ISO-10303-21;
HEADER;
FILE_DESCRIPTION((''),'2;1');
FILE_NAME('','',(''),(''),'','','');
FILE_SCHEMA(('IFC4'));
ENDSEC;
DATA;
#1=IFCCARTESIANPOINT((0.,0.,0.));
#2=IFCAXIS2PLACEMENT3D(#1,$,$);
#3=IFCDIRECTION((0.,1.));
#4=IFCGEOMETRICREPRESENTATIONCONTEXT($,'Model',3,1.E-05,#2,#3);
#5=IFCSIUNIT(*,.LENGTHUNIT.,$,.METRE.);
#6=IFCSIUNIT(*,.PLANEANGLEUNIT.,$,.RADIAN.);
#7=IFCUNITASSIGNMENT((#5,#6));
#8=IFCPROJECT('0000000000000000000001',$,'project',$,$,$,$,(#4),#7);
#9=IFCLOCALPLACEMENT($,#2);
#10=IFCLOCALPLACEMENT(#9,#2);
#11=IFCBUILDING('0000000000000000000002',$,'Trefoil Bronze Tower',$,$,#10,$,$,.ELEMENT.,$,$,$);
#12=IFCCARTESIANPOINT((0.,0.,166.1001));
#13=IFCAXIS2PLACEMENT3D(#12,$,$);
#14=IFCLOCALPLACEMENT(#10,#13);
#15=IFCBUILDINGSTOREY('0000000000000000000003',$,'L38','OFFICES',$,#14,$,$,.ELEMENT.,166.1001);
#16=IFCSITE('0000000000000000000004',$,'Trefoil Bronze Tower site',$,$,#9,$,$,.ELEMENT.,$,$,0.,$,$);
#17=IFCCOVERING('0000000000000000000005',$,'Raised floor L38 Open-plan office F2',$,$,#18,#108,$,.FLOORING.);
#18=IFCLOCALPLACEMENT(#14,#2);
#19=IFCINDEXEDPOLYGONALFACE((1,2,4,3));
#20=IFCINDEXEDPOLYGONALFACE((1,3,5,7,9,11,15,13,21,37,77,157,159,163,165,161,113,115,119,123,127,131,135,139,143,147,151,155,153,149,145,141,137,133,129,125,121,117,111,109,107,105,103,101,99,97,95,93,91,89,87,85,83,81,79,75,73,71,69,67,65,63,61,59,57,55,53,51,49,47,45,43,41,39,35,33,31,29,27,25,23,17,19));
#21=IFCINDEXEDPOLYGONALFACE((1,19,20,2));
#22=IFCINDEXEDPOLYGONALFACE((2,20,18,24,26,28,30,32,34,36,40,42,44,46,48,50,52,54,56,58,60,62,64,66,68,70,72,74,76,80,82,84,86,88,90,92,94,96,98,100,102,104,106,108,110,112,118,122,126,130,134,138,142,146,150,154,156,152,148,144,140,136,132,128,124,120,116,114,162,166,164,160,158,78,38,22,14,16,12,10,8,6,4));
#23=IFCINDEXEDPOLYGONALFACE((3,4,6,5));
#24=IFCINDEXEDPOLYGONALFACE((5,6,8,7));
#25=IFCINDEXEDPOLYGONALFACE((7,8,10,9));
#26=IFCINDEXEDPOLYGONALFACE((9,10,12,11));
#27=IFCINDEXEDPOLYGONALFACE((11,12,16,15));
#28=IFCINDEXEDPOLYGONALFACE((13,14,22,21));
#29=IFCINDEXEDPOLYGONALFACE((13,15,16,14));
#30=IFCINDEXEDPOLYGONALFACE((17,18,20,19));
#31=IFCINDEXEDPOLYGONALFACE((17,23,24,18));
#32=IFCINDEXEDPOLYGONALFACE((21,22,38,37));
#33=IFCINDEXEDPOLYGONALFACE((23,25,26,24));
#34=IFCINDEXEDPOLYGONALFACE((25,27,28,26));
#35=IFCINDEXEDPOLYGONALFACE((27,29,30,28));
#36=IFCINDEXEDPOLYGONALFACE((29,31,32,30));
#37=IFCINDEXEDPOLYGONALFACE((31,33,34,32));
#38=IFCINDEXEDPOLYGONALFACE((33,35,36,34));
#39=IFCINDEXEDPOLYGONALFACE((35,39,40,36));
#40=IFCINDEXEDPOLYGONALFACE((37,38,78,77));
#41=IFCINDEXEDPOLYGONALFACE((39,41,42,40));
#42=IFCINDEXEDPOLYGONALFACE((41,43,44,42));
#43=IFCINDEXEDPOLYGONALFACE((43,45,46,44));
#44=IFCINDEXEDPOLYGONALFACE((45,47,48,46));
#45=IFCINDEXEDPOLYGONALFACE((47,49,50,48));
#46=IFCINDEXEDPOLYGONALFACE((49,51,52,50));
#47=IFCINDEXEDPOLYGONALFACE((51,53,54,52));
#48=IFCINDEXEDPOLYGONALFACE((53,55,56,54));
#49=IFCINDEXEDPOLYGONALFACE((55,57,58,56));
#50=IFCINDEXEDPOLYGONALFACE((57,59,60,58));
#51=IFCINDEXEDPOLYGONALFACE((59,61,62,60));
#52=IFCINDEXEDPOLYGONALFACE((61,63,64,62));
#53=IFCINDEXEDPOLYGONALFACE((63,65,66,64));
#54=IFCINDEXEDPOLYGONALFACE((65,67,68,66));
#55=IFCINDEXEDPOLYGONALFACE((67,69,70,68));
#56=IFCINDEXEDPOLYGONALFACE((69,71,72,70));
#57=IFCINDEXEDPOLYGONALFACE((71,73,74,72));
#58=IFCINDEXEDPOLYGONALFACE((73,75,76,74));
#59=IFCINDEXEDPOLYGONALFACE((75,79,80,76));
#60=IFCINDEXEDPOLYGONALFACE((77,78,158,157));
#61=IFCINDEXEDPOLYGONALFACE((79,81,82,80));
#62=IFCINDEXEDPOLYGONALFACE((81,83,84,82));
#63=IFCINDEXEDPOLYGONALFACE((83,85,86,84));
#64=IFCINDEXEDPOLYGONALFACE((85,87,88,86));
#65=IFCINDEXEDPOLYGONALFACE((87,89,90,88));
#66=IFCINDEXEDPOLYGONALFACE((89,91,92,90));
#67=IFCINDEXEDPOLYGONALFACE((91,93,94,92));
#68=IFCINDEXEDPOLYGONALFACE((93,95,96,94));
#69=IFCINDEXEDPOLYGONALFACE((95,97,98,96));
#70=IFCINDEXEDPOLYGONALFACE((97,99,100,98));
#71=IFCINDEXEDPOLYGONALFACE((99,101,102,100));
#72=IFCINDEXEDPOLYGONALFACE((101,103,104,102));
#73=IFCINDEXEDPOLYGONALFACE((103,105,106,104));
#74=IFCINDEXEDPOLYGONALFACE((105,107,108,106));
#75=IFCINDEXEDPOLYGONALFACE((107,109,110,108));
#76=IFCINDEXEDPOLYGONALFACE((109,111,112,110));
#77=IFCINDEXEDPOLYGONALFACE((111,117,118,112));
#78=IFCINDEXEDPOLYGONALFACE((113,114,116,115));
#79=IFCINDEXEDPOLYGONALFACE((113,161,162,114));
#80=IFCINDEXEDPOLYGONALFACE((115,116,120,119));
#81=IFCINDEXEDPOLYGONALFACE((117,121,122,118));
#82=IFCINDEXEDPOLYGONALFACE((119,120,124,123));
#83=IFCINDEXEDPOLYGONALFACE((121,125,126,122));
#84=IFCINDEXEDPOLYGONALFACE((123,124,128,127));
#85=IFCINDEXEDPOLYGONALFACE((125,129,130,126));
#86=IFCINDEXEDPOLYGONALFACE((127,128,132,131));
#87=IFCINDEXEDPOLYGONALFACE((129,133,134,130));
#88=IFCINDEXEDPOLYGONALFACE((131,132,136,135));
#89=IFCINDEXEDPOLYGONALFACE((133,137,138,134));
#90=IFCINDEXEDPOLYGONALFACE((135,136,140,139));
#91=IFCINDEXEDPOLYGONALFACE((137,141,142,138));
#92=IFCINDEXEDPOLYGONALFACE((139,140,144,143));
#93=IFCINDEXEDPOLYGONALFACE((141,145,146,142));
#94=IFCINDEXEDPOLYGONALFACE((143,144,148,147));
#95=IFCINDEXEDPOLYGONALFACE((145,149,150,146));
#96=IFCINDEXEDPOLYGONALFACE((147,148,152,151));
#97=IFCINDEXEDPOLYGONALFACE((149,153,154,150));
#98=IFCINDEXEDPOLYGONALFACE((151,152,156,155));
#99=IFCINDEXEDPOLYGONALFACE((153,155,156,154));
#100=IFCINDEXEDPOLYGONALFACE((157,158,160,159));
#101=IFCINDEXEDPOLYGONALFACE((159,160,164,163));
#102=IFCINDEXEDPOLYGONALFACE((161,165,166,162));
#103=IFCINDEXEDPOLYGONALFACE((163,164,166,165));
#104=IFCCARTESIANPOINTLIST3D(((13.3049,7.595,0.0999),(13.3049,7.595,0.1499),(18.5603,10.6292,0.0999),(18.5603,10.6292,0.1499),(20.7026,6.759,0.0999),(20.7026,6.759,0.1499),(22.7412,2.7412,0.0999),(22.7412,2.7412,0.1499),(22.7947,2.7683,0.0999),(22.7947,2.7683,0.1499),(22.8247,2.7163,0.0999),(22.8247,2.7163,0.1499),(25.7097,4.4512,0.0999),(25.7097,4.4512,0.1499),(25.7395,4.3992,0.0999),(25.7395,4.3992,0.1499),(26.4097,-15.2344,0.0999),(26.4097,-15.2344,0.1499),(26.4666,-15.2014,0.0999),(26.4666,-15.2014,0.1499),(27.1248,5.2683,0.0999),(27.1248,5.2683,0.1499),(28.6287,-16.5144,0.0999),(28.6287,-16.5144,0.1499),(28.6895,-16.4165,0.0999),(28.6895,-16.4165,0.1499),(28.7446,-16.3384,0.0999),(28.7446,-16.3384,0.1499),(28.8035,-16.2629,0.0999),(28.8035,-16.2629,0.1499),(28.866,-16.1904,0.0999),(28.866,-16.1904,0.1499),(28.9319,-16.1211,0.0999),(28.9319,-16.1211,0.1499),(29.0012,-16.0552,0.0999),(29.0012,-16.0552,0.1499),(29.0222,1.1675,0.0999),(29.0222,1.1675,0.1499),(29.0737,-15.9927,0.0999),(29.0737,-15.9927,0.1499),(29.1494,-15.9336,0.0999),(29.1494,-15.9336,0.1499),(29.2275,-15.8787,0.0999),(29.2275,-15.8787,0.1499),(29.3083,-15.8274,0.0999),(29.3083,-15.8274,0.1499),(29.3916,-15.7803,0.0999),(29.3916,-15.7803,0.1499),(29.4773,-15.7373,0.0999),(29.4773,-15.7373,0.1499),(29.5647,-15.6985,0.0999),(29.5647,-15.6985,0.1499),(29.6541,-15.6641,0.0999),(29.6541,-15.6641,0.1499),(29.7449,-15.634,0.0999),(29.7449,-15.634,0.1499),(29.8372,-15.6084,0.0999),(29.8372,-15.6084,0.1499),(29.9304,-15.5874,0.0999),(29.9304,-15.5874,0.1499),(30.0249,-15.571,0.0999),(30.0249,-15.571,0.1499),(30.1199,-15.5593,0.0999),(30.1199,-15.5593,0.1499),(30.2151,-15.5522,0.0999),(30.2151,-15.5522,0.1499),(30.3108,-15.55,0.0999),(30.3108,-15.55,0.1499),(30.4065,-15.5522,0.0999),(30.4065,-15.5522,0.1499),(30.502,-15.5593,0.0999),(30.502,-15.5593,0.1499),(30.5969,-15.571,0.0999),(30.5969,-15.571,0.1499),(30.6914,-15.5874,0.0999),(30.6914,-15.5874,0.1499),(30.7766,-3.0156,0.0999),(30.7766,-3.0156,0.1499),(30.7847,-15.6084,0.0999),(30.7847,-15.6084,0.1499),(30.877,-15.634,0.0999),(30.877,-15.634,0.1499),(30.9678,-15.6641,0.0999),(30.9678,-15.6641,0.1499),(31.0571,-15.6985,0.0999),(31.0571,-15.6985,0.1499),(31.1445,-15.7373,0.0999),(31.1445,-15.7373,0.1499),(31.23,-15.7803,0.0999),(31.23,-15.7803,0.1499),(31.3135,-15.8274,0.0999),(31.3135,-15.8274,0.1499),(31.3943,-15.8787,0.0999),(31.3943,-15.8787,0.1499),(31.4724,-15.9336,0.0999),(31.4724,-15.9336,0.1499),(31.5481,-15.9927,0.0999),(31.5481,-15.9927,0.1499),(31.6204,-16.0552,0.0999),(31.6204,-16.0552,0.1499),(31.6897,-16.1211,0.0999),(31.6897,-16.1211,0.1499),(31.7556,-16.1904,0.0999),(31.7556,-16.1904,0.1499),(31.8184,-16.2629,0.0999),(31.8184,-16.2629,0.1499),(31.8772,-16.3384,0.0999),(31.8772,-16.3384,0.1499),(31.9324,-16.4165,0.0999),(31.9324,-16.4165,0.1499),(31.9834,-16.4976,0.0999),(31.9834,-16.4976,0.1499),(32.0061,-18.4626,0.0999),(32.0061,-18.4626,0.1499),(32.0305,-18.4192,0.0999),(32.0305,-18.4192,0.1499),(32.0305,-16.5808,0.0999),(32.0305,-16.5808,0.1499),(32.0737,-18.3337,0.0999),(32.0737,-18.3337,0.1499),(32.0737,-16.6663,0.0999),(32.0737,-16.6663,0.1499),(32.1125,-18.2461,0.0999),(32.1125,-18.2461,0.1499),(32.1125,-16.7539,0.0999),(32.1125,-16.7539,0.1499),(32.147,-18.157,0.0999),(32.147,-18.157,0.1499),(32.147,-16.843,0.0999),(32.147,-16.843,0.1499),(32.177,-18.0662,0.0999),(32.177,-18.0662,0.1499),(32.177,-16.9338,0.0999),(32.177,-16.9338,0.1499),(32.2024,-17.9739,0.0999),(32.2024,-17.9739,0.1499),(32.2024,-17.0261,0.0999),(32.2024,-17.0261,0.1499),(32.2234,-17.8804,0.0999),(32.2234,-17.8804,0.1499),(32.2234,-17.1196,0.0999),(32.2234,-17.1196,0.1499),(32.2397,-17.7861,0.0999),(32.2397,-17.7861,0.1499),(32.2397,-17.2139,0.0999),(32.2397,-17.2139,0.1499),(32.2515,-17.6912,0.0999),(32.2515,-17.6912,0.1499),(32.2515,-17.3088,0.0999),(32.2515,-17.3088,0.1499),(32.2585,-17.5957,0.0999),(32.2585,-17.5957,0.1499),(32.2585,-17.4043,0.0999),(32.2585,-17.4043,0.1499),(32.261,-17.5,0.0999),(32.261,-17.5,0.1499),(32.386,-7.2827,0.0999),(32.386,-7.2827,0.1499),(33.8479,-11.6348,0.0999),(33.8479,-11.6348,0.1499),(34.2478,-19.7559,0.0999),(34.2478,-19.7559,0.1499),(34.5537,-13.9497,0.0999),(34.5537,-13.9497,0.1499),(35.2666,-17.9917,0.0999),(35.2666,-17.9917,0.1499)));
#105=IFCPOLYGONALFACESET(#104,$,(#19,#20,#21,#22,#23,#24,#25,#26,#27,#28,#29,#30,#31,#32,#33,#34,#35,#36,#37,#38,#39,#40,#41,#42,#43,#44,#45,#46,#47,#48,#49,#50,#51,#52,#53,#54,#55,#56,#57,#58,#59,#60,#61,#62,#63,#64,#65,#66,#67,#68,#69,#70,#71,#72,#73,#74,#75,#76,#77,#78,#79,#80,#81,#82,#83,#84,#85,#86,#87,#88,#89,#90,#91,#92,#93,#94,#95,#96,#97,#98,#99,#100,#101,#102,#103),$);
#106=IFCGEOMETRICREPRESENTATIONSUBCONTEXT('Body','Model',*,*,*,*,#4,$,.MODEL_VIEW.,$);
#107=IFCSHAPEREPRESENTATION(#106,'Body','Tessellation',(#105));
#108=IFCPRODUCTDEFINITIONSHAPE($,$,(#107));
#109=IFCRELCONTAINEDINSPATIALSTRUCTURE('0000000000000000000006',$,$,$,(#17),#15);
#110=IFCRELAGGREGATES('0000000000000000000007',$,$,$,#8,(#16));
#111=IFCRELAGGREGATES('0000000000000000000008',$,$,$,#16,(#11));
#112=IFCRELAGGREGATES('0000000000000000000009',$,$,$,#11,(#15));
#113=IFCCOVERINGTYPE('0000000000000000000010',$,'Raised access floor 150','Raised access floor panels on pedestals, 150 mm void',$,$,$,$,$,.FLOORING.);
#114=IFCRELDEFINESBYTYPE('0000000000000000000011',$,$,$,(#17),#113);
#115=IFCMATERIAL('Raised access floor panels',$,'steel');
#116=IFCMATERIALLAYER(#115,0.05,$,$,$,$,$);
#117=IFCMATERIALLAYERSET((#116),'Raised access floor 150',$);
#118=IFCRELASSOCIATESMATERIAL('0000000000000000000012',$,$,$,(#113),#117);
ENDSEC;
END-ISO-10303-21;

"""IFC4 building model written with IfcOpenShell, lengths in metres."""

from ifc_helpers import new_model, si_unit, direction, frame, origin, place, context, subcontext, project, spatial, polyline, outline, extrude, material, layer, layer_set, type_object, element, save


model = new_model("IFC4")

# Units and contexts
model_context = context("Model", 3, precision=1e-05, world=origin(), true_north=direction((0.0, 1.0)))
body_context = subcontext(model_context, "Body", "Model", "MODEL_VIEW")
ifc_project = project(units=[si_unit("LENGTHUNIT", "METRE"), si_unit("PLANEANGLEUNIT", "RADIAN")], contexts=[model_context])

# Site, building, storey
site_placement = place(None, origin())
site = spatial("IfcSite", under=ifc_project, at=site_placement, Name="Trefoil Bronze Tower site", CompositionType="ELEMENT", RefElevation=0.0)
building_placement = place(site_placement, origin())
building = spatial("IfcBuilding", under=site, at=building_placement, Name="Trefoil Bronze Tower", CompositionType="ELEMENT")
storey_placement = place(building_placement, frame((0.0, 0.0, 166.1001)))
storey = spatial("IfcBuildingStorey", under=building, at=storey_placement, Name="L38", Description="OFFICES", CompositionType="ELEMENT", Elevation=166.1001)

# Covering
ifc_material_1 = material(Name="Raised access floor panels", Category="steel")
ifc_layer_1 = layer(ifc_material_1, 0.05)
ifc_layer_set_1 = layer_set([ifc_layer_1], Name="Raised access floor 150")
covering_type_1 = type_object("IfcCoveringType", Name="Raised access floor 150", Description="Raised access floor panels on pedestals, 150 mm void", PredefinedType="FLOORING", material=ifc_layer_set_1)
covering_1_placement = place(storey_placement, frame((0.0, 0.0, 0.0999)))
element("IfcCovering", 1, at=covering_1_placement, inside=storey, type_object=covering_type_1, Name="Raised floor L38 Open-plan office F2", PredefinedType="FLOORING", context=body_context, shape_type="SweptSolid", body=[
    extrude(outline(polyline([(26.4097, -15.2344), (26.4666, -15.2014), (13.3049, 7.595), (18.5603, 10.6292), (20.7026, 6.759), (22.7412, 2.7412), (22.7947, 2.7683), (22.8247, 2.7163), (25.7395, 4.3992), (25.7097, 4.4512), (27.1248, 5.2683), (29.0222, 1.1675), (30.7766, -3.0156), (32.386, -7.2827), (33.8479, -11.6348), (34.5537, -13.9497), (35.2666, -17.9917), (34.2478, -19.7559), (32.0061, -18.4626), (32.0305, -18.4192), (32.0737, -18.3337), (32.1125, -18.2461), (32.147, -18.157), (32.177, -18.0662), (32.2024, -17.9739), (32.2234, -17.8804), (32.2397, -17.7861), (32.2515, -17.6912), (32.2585, -17.5957), (32.261, -17.5), (32.2585, -17.4043), (32.2515, -17.3088), (32.2397, -17.2139), (32.2234, -17.1196), (32.2024, -17.0261), (32.177, -16.9338), (32.147, -16.843), (32.1125, -16.7539), (32.0737, -16.6663), (32.0305, -16.5808), (31.9834, -16.4976), (31.9324, -16.4165), (31.8772, -16.3384), (31.8184, -16.2629), (31.7556, -16.1904), (31.6897, -16.1211), (31.6204, -16.0552), (31.5481, -15.9927), (31.4724, -15.9336), (31.3943, -15.8787), (31.3135, -15.8274), (31.23, -15.7803), (31.1445, -15.7373), (31.0571, -15.6985), (30.9678, -15.6641), (30.877, -15.634), (30.7847, -15.6084), (30.6914, -15.5874), (30.5969, -15.571), (30.502, -15.5593), (30.4065, -15.5522), (30.3108, -15.55), (30.2151, -15.5522), (30.1199, -15.5593), (30.0249, -15.571), (29.9304, -15.5874), (29.8372, -15.6084), (29.7449, -15.634), (29.6541, -15.6641), (29.5647, -15.6985), (29.4773, -15.7373), (29.3916, -15.7803), (29.3083, -15.8274), (29.2275, -15.8787), (29.1494, -15.9336), (29.0737, -15.9927), (29.0012, -16.0552), (28.9319, -16.1211), (28.866, -16.1904), (28.8035, -16.2629), (28.7446, -16.3384), (28.6895, -16.4165), (28.6287, -16.5144), (26.4097, -15.2344)])), origin(), (0.0, 0.0, 1.0), 0.05),
])

save(model, "model.ifc")
